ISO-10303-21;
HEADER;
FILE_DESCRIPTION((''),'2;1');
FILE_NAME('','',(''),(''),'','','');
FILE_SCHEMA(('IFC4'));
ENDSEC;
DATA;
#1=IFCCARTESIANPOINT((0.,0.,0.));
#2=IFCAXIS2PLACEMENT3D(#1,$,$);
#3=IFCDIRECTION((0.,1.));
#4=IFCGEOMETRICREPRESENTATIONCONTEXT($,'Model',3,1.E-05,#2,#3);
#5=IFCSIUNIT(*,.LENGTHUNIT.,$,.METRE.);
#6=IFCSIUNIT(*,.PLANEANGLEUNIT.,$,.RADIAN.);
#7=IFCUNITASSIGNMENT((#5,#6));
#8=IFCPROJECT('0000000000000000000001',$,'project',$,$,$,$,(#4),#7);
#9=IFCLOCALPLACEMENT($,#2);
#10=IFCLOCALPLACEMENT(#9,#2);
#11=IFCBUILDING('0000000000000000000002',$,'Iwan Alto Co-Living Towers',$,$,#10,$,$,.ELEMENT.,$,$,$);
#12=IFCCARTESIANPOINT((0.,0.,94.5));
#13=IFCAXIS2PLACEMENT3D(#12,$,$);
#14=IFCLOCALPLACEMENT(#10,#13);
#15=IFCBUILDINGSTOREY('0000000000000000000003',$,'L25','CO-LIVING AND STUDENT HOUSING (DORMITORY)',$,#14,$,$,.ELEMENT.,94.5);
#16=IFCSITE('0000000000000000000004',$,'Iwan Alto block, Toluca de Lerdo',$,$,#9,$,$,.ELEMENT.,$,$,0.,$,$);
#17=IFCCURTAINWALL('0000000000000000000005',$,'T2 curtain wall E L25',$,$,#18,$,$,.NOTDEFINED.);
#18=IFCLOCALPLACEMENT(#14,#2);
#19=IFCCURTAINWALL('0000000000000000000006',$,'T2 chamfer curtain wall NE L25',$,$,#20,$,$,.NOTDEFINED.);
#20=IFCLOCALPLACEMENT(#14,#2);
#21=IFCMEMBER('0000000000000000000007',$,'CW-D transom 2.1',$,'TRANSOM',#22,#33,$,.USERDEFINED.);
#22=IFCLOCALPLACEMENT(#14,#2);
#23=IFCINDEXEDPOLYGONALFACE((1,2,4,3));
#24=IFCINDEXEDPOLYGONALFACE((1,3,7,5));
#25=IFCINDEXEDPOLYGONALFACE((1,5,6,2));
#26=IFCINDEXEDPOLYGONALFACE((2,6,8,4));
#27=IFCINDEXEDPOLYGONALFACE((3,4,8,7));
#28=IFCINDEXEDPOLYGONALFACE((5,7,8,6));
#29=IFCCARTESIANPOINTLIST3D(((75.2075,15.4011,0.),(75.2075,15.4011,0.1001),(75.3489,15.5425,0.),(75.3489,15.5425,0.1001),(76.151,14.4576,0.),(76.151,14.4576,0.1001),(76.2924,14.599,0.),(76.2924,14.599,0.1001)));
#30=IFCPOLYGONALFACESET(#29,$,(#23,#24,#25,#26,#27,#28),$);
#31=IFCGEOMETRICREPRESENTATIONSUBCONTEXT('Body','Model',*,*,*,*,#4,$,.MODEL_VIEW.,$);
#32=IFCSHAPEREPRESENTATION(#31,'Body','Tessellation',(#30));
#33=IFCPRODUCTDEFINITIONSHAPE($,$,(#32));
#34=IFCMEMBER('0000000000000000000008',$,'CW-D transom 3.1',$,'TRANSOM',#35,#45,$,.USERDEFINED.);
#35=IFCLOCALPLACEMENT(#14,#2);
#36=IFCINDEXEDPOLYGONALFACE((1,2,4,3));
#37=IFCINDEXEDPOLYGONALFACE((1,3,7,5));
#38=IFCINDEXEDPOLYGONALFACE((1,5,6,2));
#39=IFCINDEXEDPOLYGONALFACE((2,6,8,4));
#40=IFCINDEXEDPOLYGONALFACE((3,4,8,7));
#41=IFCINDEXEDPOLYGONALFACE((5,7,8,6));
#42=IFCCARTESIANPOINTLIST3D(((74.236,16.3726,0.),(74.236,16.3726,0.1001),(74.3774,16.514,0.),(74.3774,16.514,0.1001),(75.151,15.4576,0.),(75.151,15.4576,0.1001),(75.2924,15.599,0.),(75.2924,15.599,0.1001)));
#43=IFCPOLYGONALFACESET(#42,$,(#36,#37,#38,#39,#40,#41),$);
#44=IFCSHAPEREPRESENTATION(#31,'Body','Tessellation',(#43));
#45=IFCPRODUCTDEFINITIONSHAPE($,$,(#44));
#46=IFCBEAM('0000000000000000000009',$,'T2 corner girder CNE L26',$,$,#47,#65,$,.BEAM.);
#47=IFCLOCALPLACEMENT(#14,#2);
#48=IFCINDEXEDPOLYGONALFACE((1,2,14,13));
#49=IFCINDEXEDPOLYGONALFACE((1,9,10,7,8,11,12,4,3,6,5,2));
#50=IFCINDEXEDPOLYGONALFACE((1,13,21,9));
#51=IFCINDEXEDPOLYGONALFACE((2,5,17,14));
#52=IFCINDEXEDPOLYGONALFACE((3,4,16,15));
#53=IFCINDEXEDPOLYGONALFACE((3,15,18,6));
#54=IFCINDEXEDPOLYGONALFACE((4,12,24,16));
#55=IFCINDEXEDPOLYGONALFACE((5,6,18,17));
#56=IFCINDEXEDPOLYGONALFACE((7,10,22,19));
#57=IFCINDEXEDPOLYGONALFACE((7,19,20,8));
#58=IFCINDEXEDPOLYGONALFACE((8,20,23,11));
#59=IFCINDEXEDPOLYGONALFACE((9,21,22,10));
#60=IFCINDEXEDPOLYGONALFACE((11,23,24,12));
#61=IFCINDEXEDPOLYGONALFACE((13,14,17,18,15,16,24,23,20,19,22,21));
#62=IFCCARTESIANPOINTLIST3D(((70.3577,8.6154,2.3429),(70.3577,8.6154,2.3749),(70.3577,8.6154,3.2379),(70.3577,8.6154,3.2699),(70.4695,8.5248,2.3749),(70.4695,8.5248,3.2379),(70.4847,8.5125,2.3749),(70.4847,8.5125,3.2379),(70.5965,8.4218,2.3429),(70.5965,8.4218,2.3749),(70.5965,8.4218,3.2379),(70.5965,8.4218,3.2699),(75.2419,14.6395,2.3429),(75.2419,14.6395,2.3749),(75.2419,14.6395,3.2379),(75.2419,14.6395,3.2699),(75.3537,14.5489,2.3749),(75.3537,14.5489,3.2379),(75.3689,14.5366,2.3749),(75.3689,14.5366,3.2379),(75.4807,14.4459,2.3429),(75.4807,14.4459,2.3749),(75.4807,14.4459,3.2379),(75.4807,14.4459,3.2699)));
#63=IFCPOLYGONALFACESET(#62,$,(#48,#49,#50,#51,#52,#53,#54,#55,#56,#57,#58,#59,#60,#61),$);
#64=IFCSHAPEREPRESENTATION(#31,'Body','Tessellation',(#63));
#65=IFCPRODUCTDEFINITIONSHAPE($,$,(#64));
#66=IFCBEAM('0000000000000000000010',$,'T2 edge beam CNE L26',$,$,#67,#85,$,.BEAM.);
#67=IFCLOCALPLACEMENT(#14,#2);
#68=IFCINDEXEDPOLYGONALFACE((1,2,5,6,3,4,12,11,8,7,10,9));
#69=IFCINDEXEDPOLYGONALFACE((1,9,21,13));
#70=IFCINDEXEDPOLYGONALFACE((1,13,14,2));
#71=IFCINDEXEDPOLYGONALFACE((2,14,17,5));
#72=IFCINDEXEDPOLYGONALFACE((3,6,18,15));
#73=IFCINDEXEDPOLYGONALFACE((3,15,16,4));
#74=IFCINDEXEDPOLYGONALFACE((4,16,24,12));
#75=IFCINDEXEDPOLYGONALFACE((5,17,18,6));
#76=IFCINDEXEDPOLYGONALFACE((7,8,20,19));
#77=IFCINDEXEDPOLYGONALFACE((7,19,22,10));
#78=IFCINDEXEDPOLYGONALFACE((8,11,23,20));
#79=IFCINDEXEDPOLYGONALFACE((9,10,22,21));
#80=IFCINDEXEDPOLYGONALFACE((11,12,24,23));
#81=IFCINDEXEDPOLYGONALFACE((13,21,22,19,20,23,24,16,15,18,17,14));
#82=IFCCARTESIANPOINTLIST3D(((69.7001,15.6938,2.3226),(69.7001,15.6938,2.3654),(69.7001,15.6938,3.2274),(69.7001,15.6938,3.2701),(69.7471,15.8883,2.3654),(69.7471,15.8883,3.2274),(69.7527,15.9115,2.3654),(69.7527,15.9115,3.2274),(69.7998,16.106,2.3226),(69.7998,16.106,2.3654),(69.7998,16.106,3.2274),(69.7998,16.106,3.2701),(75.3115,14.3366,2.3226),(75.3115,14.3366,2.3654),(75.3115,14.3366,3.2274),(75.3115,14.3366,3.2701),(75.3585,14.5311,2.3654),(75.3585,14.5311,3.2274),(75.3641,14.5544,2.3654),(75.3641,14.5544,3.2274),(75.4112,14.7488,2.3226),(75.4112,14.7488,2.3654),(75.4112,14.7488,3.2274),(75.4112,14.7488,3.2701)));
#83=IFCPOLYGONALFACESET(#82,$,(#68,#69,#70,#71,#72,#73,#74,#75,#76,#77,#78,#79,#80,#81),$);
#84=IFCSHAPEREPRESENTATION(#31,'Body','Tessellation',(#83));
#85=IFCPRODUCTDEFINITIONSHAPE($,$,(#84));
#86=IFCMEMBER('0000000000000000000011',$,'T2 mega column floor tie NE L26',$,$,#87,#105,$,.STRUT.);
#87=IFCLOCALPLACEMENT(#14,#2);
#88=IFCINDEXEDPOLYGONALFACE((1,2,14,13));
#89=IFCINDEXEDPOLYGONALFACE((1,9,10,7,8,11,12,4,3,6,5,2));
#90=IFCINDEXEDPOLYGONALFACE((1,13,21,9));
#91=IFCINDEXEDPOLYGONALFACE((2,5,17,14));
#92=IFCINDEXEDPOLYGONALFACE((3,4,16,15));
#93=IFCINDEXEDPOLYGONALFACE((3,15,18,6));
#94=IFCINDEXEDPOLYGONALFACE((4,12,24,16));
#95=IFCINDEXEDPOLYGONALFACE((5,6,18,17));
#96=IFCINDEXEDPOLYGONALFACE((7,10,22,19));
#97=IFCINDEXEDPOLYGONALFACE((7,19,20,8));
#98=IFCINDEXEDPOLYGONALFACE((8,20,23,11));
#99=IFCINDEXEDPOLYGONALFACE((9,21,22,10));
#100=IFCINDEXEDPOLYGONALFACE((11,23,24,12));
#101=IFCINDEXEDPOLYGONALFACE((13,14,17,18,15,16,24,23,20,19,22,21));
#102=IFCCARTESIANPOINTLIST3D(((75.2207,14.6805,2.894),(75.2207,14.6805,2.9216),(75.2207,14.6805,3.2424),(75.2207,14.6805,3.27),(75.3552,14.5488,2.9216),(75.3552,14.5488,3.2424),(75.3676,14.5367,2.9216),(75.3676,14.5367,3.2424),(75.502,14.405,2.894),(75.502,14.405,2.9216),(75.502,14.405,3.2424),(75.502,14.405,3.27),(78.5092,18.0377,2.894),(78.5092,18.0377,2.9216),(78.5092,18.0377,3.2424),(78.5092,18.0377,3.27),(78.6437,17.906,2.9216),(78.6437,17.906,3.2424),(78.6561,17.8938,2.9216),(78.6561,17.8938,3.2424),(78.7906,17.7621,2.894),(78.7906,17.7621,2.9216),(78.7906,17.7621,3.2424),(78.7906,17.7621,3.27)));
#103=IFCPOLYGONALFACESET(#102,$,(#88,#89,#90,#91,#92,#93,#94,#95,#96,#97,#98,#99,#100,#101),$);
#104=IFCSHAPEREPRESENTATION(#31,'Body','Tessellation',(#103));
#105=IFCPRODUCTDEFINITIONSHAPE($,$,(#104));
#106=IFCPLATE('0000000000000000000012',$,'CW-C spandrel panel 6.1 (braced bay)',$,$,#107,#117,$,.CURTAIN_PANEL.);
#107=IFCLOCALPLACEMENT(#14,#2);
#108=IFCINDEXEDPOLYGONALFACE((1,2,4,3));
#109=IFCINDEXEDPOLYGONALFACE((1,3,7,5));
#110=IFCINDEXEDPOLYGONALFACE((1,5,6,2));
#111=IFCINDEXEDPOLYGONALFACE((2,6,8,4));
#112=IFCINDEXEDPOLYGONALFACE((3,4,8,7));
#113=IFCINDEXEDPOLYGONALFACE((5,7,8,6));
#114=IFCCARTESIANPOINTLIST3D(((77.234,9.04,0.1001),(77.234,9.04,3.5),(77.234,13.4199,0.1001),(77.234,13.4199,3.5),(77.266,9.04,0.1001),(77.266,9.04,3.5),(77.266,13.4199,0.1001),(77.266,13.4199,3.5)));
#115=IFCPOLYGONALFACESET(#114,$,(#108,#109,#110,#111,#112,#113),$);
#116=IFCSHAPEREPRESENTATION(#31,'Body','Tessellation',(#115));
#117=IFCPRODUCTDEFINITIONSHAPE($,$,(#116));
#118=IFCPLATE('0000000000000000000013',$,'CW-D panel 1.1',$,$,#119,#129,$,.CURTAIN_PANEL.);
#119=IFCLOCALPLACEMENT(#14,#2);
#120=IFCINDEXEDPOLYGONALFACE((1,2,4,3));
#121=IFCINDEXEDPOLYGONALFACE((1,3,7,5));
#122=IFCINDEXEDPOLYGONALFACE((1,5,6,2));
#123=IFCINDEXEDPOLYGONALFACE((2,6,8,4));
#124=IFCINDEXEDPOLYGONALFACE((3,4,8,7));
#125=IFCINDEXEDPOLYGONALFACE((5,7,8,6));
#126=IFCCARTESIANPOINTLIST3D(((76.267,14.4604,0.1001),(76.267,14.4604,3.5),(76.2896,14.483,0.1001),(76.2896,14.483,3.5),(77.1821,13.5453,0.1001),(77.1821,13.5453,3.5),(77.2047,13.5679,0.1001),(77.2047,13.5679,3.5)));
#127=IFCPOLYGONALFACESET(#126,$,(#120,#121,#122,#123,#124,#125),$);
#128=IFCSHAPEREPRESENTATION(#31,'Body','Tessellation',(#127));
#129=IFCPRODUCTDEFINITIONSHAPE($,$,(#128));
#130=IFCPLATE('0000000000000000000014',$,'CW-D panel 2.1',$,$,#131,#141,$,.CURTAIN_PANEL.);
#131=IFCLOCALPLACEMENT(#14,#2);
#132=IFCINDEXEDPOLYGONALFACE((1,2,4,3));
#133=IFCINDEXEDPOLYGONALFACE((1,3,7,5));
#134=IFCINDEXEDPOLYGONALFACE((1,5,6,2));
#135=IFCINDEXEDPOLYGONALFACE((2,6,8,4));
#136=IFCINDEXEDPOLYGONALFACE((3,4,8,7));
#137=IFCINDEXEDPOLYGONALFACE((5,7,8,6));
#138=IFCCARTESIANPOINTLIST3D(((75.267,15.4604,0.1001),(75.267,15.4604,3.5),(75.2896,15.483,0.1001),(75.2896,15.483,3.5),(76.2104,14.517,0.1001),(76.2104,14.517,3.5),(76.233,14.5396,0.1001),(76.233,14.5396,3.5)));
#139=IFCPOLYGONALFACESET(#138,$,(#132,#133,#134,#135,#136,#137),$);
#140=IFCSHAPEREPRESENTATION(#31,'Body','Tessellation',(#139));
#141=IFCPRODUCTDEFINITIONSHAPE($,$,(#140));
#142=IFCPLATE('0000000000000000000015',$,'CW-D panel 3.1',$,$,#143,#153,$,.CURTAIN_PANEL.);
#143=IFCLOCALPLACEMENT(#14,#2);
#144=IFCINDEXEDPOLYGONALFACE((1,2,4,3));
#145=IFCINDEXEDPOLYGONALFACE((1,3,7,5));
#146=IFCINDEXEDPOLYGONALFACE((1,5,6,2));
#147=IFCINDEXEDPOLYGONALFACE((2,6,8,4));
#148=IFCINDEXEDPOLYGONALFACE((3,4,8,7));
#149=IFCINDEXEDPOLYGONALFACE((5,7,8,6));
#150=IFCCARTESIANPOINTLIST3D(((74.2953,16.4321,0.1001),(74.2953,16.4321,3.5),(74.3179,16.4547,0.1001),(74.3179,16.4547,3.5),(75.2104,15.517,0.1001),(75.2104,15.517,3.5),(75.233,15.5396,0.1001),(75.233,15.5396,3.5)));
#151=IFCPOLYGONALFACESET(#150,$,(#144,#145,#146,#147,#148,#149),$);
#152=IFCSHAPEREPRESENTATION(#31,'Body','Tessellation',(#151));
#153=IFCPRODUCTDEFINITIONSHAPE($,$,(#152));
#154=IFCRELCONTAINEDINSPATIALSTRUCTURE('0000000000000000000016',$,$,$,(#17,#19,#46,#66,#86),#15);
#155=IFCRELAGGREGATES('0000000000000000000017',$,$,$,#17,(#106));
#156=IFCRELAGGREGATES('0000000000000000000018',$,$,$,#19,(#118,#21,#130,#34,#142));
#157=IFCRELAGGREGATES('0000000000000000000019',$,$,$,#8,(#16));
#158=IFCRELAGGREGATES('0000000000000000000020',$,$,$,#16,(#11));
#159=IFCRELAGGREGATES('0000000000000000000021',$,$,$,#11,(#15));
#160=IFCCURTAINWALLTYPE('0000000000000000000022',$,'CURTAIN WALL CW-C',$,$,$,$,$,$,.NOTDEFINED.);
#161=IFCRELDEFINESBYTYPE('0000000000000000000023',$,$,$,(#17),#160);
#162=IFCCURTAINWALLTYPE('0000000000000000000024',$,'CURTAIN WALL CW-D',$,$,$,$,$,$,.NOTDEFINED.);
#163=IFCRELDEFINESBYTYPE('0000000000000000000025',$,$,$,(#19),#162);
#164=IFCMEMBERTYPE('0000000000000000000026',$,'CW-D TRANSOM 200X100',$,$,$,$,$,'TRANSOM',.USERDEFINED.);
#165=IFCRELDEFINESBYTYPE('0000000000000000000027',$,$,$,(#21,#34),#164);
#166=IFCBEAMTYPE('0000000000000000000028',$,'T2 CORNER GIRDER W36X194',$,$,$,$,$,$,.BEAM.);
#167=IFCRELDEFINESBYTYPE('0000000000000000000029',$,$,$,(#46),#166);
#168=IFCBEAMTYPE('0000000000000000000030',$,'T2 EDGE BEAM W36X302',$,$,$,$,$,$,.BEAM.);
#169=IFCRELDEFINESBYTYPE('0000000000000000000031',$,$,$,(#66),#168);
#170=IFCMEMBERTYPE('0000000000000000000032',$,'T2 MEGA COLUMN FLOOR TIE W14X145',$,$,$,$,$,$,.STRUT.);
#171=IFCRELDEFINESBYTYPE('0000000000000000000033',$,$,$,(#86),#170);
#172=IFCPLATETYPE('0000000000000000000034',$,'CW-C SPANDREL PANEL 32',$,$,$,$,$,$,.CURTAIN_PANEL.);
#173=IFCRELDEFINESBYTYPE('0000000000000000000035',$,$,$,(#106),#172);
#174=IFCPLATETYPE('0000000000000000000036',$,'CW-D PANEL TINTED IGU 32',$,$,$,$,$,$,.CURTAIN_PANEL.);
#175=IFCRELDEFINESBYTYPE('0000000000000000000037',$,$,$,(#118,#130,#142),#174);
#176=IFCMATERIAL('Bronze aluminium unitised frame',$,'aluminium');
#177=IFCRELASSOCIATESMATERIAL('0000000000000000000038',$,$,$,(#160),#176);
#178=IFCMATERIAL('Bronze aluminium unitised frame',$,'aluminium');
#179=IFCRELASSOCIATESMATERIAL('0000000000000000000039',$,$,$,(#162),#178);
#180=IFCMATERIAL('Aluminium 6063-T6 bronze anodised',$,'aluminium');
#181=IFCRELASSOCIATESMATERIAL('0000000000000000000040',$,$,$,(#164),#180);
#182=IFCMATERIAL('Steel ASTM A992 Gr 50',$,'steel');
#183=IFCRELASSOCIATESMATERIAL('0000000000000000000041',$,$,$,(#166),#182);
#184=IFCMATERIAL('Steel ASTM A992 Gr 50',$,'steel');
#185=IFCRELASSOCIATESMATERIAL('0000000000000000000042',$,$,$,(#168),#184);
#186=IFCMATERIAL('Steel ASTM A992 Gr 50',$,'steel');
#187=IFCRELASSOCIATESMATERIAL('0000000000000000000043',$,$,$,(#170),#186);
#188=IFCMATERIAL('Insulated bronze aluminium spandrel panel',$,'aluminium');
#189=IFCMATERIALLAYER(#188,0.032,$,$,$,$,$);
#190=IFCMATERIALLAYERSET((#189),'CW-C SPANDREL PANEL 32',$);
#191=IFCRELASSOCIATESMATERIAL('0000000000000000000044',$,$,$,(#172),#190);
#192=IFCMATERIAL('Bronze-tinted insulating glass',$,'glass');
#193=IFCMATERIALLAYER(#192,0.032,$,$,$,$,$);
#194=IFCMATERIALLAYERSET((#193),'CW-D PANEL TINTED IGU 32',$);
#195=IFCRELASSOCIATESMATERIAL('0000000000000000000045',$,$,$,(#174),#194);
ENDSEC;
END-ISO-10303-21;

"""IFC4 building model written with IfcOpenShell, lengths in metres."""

from ifc_helpers import new_model, si_unit, direction, frame, origin, origin_2d, place, context, subcontext, project, spatial, rectangle, i_section, extrude, material, layer, layer_set, material_profile, profile_set, type_object, element, aggregate, save


model = new_model("IFC4")

# Units and contexts
model_context = context("Model", 3, precision=1e-05, world=origin(), true_north=direction((0.0, 1.0)))
body_context = subcontext(model_context, "Body", "Model", "MODEL_VIEW")
ifc_project = project(units=[si_unit("LENGTHUNIT", "METRE"), si_unit("PLANEANGLEUNIT", "RADIAN")], contexts=[model_context])

# Site, building, storey
site_placement = place(None, origin())
site = spatial("IfcSite", under=ifc_project, at=site_placement, Name="Iwan Alto block, Toluca de Lerdo", CompositionType="ELEMENT", RefElevation=0.0)
building_placement = place(site_placement, origin())
building = spatial("IfcBuilding", under=site, at=building_placement, Name="Iwan Alto Co-Living Towers", CompositionType="ELEMENT")
storey_placement = place(building_placement, frame((0.0, 0.0, 94.5)))
storey = spatial("IfcBuildingStorey", under=building, at=storey_placement, Name="L25", Description="CO-LIVING AND STUDENT HOUSING (DORMITORY)", CompositionType="ELEMENT", Elevation=94.5)

# Curtain wall
ifc_material_1 = material(Name="Bronze aluminium unitised frame", Category="aluminium")
curtain_wall_type_1 = type_object("IfcCurtainWallType", Name="CURTAIN WALL CW-C", PredefinedType="NOTDEFINED", material=ifc_material_1)
curtain_wall_1_placement = place(storey_placement, origin())
curtain_wall_1 = element("IfcCurtainWall", 1, at=curtain_wall_1_placement, inside=storey, type_object=curtain_wall_type_1, Name="T2 curtain wall E L25", PredefinedType="NOTDEFINED")

# Curtain wall, members
ifc_material_2 = material(Name="Bronze aluminium unitised frame", Category="aluminium")
curtain_wall_type_2 = type_object("IfcCurtainWallType", Name="CURTAIN WALL CW-D", PredefinedType="NOTDEFINED", material=ifc_material_2)
curtain_wall_2_placement = place(storey_placement, origin())
curtain_wall_2 = element("IfcCurtainWall", 2, at=curtain_wall_2_placement, inside=storey, type_object=curtain_wall_type_2, Name="T2 chamfer curtain wall NE L25", PredefinedType="NOTDEFINED")
ifc_material_3 = material(Name="Aluminium 6063-T6 bronze anodised", Category="aluminium")
ifc_material_profile_1 = material_profile(ifc_material_3, rectangle(XDim=0.2, YDim=0.1001, at=origin_2d()), Name="AL 200X100")
ifc_profile_set_1 = profile_set([ifc_material_profile_1], Name="Aluminium 6063-T6 bronze anodised")
member_type_1 = type_object("IfcMemberType", Name="CW-D TRANSOM 200X100", ElementType="TRANSOM", PredefinedType="USERDEFINED", material=ifc_profile_set_1)
member_1_placement = place(storey_placement, frame((76.2217, 14.5283, 0.05), z_axis=(-0.707107, 0.707107, 0.0), x_axis=(-0.707107, -0.707107, 0.0)))
member_1 = element("IfcMember", 3, at=member_1_placement, type_object=member_type_1, Name="CW-D transom 2.1", ObjectType="TRANSOM", PredefinedType="USERDEFINED", context=body_context, shape_type="SweptSolid", body=[
    extrude(rectangle(XDim=0.2, YDim=0.1001, at=origin_2d()), origin(), (0.0, 0.0, 1.0), 1.3342),
])
member_2_placement = place(storey_placement, frame((75.2217, 15.5283, 0.05), z_axis=(-0.707107, 0.707107, 0.0), x_axis=(-0.707107, -0.707107, 0.0)))
member_2 = element("IfcMember", 4, at=member_2_placement, type_object=member_type_1, Name="CW-D transom 3.1", ObjectType="TRANSOM", PredefinedType="USERDEFINED", context=body_context, shape_type="SweptSolid", body=[
    extrude(rectangle(XDim=0.2, YDim=0.1001, at=origin_2d()), origin(), (0.0, 0.0, 1.0), 1.2939),
])

# Beams
ifc_material_4 = material(Name="Steel ASTM A992 Gr 50", Category="steel")
ifc_material_profile_2 = material_profile(ifc_material_4, i_section(OverallWidth=0.3074, OverallDepth=0.927, WebThickness=0.0195, FlangeThickness=0.032, at=origin_2d()), Name="W36X194")
ifc_profile_set_2 = profile_set([ifc_material_profile_2], Name="Steel ASTM A992 Gr 50")
beam_type_1 = type_object("IfcBeamType", Name="T2 CORNER GIRDER W36X194", PredefinedType="BEAM", material=ifc_profile_set_2)
beam_1_placement = place(storey_placement, frame((75.3613, 14.5427, 2.8064), z_axis=(-0.629788, -0.776767, 0.0), x_axis=(0.776767, -0.629788, 0.0)))
element("IfcBeam", 5, at=beam_1_placement, inside=storey, type_object=beam_type_1, Name="T2 corner girder CNE L26", PredefinedType="BEAM", context=body_context, shape_type="SweptSolid", body=[
    extrude(i_section(OverallWidth=0.3074, OverallDepth=0.927, WebThickness=0.0195, FlangeThickness=0.032, at=origin_2d()), origin(), (0.0, 0.0, 1.0), 7.7554),
])
ifc_material_5 = material(Name="Steel ASTM A992 Gr 50", Category="steel")
ifc_material_profile_3 = material_profile(ifc_material_5, i_section(OverallWidth=0.4241, OverallDepth=0.9475, WebThickness=0.0239, FlangeThickness=0.0427, at=origin_2d()), Name="W36X302")
ifc_profile_set_3 = profile_set([ifc_material_profile_3], Name="Steel ASTM A992 Gr 50")
beam_type_2 = type_object("IfcBeamType", Name="T2 EDGE BEAM W36X302", PredefinedType="BEAM", material=ifc_profile_set_3)
beam_2_placement = place(storey_placement, frame((75.3613, 14.5427, 2.7964), z_axis=(-0.971975, 0.235086, 0.0), x_axis=(-0.235086, -0.971975, 0.0)))
element("IfcBeam", 6, at=beam_2_placement, inside=storey, type_object=beam_type_2, Name="T2 edge beam CNE L26", PredefinedType="BEAM", context=body_context, shape_type="SweptSolid", body=[
    extrude(i_section(OverallWidth=0.4241, OverallDepth=0.9475, WebThickness=0.0239, FlangeThickness=0.0427, at=origin_2d()), origin(), (0.0, 0.0, 1.0), 5.7732),
])

# Member
ifc_material_6 = material(Name="Steel ASTM A992 Gr 50", Category="steel")
ifc_material_profile_4 = material_profile(ifc_material_6, i_section(OverallWidth=0.3938, OverallDepth=0.376, WebThickness=0.0173, FlangeThickness=0.0276, at=origin_2d()), Name="W14X145")
ifc_profile_set_4 = profile_set([ifc_material_profile_4], Name="Steel ASTM A992 Gr 50")
member_type_2 = type_object("IfcMemberType", Name="T2 MEGA COLUMN FLOOR TIE W14X145", PredefinedType="STRUT", material=ifc_profile_set_4)
member_3_placement = place(storey_placement, frame((78.6499, 17.8999, 3.082), z_axis=(-0.69977, -0.714368, 0.0), x_axis=(0.714368, -0.69977, 0.0)))
element("IfcMember", 7, at=member_3_placement, inside=storey, type_object=member_type_2, Name="T2 mega column floor tie NE L26", PredefinedType="STRUT", context=body_context, shape_type="SweptSolid", body=[
    extrude(i_section(OverallWidth=0.3938, OverallDepth=0.376, WebThickness=0.0173, FlangeThickness=0.0276, at=origin_2d()), origin(), (0.0, 0.0, 1.0), 4.6995),
])

# Plates
ifc_material_7 = material(Name="Insulated bronze aluminium spandrel panel", Category="aluminium")
ifc_layer_1 = layer(ifc_material_7, 0.032)
ifc_layer_set_1 = layer_set([ifc_layer_1], Name="CW-C SPANDREL PANEL 32")
plate_type_1 = type_object("IfcPlateType", Name="CW-C SPANDREL PANEL 32", PredefinedType="CURTAIN_PANEL", material=ifc_layer_set_1)
plate_1_placement = place(storey_placement, frame((77.25, 11.23, 0.1001), z_axis=(0.0, 0.0, 1.0), x_axis=(0.0, 1.0, 0.0)))
plate_1 = element("IfcPlate", 8, at=plate_1_placement, type_object=plate_type_1, Name="CW-C spandrel panel 6.1 (braced bay)", PredefinedType="CURTAIN_PANEL", context=body_context, shape_type="SweptSolid", body=[
    extrude(rectangle(XDim=4.3799, YDim=0.032, at=origin_2d()), origin(), (0.0, 0.0, 1.0), 3.3999),
])
aggregate(curtain_wall_1, [plate_1])
ifc_material_8 = material(Name="Bronze-tinted insulating glass", Category="glass")
ifc_layer_2 = layer(ifc_material_8, 0.032)
ifc_layer_set_2 = layer_set([ifc_layer_2], Name="CW-D PANEL TINTED IGU 32")
plate_type_2 = type_object("IfcPlateType", Name="CW-D PANEL TINTED IGU 32", PredefinedType="CURTAIN_PANEL", material=ifc_layer_set_2)
plate_2_placement = place(storey_placement, frame((76.7358, 14.0142, 0.1001), z_axis=(0.0, 0.0, 1.0), x_axis=(-0.707107, 0.707107, 0.0)))
plate_2 = element("IfcPlate", 9, at=plate_2_placement, type_object=plate_type_2, Name="CW-D panel 1.1", PredefinedType="CURTAIN_PANEL", context=body_context, shape_type="SweptSolid", body=[
    extrude(rectangle(XDim=1.2942, YDim=0.032, at=origin_2d()), origin(), (0.0, 0.0, 1.0), 3.3999),
])
plate_3_placement = place(storey_placement, frame((75.75, 15.0, 0.1001), z_axis=(0.0, 0.0, 1.0), x_axis=(-0.707107, 0.707107, 0.0)))
plate_3 = element("IfcPlate", 10, at=plate_3_placement, type_object=plate_type_2, Name="CW-D panel 2.1", PredefinedType="CURTAIN_PANEL", context=body_context, shape_type="SweptSolid", body=[
    extrude(rectangle(XDim=1.3342, YDim=0.032, at=origin_2d()), origin(), (0.0, 0.0, 1.0), 3.3999),
])
plate_4_placement = place(storey_placement, frame((74.7642, 15.9858, 0.1001), z_axis=(0.0, 0.0, 1.0), x_axis=(-0.707107, 0.707107, 0.0)))
plate_4 = element("IfcPlate", 11, at=plate_4_placement, type_object=plate_type_2, Name="CW-D panel 3.1", PredefinedType="CURTAIN_PANEL", context=body_context, shape_type="SweptSolid", body=[
    extrude(rectangle(XDim=1.2942, YDim=0.032, at=origin_2d()), origin(), (0.0, 0.0, 1.0), 3.3999),
])
aggregate(curtain_wall_2, [plate_2, member_1, plate_3, member_2, plate_4])

save(model, "model.ifc")
